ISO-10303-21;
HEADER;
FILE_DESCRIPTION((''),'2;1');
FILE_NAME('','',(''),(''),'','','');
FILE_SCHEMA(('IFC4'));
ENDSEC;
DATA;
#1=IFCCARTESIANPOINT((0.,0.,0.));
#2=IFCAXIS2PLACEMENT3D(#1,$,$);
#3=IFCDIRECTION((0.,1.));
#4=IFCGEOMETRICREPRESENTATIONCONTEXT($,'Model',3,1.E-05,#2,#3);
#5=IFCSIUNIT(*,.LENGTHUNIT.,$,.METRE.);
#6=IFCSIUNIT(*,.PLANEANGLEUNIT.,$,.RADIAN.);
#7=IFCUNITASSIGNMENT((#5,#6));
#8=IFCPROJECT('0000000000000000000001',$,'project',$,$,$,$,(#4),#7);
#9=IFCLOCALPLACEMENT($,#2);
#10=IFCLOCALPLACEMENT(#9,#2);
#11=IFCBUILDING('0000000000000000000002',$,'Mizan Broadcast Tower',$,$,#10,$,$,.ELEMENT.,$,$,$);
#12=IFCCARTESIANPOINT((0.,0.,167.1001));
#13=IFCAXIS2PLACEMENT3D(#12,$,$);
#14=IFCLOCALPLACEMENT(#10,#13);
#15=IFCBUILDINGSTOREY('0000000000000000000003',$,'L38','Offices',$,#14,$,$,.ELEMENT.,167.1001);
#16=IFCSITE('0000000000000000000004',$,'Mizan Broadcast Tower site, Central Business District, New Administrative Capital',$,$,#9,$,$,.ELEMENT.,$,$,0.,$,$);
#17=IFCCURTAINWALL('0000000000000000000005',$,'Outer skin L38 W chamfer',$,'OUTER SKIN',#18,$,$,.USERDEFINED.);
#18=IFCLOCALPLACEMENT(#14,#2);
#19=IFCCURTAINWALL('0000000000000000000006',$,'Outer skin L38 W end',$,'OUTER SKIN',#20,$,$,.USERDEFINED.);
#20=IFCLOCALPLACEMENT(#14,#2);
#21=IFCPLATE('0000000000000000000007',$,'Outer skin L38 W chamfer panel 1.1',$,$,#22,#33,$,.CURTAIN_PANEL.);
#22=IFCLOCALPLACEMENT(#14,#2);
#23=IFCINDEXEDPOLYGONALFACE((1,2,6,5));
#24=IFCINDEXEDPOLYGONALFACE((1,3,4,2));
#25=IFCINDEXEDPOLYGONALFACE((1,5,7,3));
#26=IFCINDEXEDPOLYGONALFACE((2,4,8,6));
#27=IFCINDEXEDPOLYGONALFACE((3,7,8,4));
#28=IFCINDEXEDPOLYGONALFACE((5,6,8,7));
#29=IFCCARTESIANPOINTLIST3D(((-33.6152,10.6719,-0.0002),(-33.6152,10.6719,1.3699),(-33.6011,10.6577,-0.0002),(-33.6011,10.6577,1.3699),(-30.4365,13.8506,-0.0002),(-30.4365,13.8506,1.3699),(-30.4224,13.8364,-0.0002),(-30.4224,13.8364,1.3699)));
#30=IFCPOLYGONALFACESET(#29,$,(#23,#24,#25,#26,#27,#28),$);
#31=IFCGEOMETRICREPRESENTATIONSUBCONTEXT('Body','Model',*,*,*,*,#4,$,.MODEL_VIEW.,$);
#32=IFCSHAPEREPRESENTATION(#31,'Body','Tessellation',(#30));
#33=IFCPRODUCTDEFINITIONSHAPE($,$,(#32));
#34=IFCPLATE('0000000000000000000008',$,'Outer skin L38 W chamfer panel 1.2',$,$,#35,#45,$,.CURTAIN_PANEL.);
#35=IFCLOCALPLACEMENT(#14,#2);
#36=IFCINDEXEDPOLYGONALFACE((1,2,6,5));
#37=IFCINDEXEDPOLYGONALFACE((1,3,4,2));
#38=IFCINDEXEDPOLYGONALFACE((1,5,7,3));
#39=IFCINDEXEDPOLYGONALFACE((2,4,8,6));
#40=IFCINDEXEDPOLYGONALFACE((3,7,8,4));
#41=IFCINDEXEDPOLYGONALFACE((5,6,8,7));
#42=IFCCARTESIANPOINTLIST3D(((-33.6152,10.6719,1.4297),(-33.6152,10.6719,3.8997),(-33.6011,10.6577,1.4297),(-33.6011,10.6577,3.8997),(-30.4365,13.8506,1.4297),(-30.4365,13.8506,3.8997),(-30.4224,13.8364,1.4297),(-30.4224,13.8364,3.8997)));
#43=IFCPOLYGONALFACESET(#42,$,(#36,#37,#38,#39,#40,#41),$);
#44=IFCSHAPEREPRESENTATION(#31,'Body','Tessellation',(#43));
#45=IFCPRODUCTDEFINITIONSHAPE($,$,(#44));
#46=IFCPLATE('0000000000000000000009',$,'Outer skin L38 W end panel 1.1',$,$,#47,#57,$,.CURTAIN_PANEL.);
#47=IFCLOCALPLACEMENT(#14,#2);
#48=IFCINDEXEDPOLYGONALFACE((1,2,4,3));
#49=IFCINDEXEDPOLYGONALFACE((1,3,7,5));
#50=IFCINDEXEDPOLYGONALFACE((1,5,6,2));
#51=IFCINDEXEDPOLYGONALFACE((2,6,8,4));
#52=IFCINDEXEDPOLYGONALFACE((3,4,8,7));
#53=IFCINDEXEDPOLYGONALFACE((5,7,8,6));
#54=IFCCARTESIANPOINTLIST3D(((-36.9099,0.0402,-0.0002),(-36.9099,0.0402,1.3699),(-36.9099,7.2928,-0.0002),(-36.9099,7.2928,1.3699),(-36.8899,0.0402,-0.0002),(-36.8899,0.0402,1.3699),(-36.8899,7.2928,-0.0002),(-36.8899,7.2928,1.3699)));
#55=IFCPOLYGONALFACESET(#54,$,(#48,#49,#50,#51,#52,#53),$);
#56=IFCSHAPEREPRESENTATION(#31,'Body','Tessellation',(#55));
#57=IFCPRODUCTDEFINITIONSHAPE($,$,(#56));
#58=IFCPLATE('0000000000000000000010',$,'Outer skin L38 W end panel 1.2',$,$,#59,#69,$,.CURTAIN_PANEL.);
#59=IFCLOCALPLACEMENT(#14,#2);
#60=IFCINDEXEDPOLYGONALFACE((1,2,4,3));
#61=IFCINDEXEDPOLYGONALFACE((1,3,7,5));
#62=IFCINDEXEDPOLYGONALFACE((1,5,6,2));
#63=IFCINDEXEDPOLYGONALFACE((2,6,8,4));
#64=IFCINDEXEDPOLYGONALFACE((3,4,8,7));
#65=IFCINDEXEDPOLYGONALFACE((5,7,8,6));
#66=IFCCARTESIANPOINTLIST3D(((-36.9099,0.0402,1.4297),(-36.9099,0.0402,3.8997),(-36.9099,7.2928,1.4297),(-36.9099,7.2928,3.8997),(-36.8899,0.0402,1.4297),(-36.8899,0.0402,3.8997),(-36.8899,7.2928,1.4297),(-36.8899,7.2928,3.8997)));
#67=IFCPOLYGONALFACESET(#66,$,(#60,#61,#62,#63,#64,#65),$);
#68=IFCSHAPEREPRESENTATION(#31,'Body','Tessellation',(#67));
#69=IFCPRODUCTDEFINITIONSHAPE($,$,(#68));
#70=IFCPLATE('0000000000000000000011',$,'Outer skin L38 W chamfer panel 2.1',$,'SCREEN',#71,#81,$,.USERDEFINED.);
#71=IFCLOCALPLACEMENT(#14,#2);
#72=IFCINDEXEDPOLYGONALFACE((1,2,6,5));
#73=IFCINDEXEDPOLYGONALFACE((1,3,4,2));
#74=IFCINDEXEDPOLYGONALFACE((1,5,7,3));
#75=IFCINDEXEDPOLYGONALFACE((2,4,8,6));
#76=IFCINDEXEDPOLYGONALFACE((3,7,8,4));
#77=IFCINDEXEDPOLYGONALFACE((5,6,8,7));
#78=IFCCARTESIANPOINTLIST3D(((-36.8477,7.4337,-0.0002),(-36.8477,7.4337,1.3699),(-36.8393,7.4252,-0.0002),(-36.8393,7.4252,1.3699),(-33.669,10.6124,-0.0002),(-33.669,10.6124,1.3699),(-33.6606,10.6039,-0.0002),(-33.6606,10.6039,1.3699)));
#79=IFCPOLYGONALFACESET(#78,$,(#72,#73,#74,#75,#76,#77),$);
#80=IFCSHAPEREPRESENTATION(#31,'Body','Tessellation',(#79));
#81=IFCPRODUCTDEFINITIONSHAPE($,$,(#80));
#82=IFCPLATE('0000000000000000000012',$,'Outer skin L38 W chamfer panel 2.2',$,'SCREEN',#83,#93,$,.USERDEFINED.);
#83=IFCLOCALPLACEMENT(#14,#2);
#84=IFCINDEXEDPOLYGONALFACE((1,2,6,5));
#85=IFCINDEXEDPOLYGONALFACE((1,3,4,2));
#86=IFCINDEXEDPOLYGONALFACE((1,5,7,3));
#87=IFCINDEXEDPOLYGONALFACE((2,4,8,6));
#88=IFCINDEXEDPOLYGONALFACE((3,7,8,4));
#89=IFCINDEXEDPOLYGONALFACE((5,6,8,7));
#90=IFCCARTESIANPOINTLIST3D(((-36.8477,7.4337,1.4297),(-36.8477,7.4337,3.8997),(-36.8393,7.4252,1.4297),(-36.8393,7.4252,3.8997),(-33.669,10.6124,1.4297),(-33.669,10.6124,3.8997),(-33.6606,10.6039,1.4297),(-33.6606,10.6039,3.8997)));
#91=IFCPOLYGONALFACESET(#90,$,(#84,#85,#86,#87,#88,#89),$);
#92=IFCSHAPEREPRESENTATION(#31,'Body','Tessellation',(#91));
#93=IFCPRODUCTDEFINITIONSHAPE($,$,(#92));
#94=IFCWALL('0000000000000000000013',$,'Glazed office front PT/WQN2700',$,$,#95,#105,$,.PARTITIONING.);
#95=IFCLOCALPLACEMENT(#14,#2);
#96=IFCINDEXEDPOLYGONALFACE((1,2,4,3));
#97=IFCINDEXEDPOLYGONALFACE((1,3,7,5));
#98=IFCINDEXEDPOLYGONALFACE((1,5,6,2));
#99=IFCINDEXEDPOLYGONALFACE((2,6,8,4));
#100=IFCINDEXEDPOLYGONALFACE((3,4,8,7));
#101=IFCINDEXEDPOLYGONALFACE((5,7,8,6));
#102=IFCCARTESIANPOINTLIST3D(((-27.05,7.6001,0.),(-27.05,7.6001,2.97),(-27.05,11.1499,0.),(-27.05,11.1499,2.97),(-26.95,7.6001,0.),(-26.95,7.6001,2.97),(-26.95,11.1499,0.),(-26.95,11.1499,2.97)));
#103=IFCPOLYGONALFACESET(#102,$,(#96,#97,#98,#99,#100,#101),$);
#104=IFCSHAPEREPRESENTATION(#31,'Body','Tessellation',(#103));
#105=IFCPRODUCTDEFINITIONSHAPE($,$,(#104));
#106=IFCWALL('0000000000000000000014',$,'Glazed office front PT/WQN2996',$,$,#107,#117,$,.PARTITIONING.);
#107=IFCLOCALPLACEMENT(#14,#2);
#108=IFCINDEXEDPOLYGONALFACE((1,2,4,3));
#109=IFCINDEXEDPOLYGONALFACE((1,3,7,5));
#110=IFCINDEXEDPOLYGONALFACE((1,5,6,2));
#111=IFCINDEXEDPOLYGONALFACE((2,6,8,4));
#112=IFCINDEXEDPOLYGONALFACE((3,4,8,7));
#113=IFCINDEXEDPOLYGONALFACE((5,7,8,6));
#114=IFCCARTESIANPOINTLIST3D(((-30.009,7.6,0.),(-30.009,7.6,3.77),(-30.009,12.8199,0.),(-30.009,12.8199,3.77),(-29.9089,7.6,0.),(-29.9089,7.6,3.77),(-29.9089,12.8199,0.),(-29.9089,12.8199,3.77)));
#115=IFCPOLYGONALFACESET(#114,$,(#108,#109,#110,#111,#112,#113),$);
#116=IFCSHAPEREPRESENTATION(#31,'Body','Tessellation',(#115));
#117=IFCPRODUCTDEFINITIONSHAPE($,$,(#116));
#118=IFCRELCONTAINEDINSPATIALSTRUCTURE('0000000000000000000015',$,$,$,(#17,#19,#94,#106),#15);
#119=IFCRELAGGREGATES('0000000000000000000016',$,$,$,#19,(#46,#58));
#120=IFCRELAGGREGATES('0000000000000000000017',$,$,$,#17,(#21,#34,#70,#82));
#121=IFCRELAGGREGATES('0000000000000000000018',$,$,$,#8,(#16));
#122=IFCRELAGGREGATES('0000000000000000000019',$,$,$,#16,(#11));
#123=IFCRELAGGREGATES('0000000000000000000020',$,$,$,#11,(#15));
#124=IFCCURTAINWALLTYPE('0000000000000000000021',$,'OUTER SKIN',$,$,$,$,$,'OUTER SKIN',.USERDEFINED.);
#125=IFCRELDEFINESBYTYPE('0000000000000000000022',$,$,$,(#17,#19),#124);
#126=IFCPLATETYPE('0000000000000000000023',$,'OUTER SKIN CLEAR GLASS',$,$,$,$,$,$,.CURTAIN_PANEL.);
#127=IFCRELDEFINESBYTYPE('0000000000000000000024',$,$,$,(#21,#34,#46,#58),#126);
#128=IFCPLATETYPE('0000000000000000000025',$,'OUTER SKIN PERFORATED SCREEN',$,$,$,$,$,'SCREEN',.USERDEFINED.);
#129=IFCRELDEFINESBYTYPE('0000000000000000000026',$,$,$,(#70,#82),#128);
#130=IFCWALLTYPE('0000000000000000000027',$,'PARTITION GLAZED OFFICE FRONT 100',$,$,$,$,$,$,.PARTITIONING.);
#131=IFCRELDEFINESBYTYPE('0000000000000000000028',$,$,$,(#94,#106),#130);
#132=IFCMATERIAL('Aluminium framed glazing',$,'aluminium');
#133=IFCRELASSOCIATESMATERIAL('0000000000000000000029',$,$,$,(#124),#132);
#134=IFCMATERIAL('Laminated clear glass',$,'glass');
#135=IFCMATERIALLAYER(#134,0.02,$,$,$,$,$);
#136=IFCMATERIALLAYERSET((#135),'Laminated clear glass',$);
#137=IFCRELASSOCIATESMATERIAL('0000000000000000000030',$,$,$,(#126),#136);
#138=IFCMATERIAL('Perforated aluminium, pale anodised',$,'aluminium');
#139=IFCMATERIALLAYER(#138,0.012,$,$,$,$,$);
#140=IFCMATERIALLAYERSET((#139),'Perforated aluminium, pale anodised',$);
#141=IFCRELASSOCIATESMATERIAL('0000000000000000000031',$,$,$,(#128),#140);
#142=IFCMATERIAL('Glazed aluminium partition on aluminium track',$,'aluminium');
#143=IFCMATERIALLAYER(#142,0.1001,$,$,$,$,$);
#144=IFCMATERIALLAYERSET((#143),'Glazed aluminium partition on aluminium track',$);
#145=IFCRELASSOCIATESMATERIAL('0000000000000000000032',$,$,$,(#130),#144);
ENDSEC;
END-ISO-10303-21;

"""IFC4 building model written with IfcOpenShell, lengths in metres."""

from ifc_helpers import new_model, si_unit, direction, frame, frame_2d, origin, origin_2d, place, context, subcontext, project, spatial, rectangle, extrude, material, layer, layer_set, type_object, element, aggregate, save


model = new_model("IFC4")

# Units and contexts
model_context = context("Model", 3, precision=1e-05, world=origin(), true_north=direction((0.0, 1.0)))
body_context = subcontext(model_context, "Body", "Model", "MODEL_VIEW")
ifc_project = project(units=[si_unit("LENGTHUNIT", "METRE"), si_unit("PLANEANGLEUNIT", "RADIAN")], contexts=[model_context])

# Site, building, storey
site_placement = place(None, origin())
site = spatial("IfcSite", under=ifc_project, at=site_placement, Name="Mizan Broadcast Tower site, Central Business District, New Administrative Capital", CompositionType="ELEMENT", RefElevation=0.0)
building_placement = place(site_placement, origin())
building = spatial("IfcBuilding", under=site, at=building_placement, Name="Mizan Broadcast Tower", CompositionType="ELEMENT")
storey_placement = place(building_placement, frame((0.0, 0.0, 167.1001)))
storey = spatial("IfcBuildingStorey", under=building, at=storey_placement, Name="L38", Description="Offices", CompositionType="ELEMENT", Elevation=167.1001)

# Shared definitions
ifc_material_1 = material(Name="Aluminium framed glazing", Category="aluminium")
curtain_wall_type_1 = type_object("IfcCurtainWallType", Name="OUTER SKIN", ElementType="OUTER SKIN", PredefinedType="USERDEFINED", material=ifc_material_1)

# Curtain wall
curtain_wall_1_placement = place(storey_placement, origin())
curtain_wall_1 = element("IfcCurtainWall", 1, at=curtain_wall_1_placement, inside=storey, type_object=curtain_wall_type_1, Name="Outer skin L38 W chamfer", ObjectType="OUTER SKIN", PredefinedType="USERDEFINED")

# Curtain wall
curtain_wall_2_placement = place(storey_placement, origin())
curtain_wall_2 = element("IfcCurtainWall", 2, at=curtain_wall_2_placement, inside=storey, type_object=curtain_wall_type_1, Name="Outer skin L38 W end", ObjectType="OUTER SKIN", PredefinedType="USERDEFINED")

# Plates
ifc_material_2 = material(Name="Laminated clear glass", Category="glass")
ifc_layer_1 = layer(ifc_material_2, 0.02)
ifc_layer_set_1 = layer_set([ifc_layer_1], Name="Laminated clear glass")
plate_type_1 = type_object("IfcPlateType", Name="OUTER SKIN CLEAR GLASS", PredefinedType="CURTAIN_PANEL", material=ifc_layer_set_1)
plate_1_placement = place(storey_placement, frame((-32.0188, 12.2542, -0.0002), z_axis=(0.0, 0.0, 1.0), x_axis=(-0.707107, -0.707107, 0.0)))
plate_1 = element("IfcPlate", 3, at=plate_1_placement, type_object=plate_type_1, Name="Outer skin L38 W chamfer panel 1.1", PredefinedType="CURTAIN_PANEL", context=body_context, shape_type="SweptSolid", body=[
    extrude(rectangle(XDim=4.4954, YDim=0.02, at=origin_2d()), origin(), (0.0, 0.0, 1.0), 1.3701),
])
plate_2_placement = place(storey_placement, frame((-32.0188, 12.2542, 1.4297), z_axis=(0.0, 0.0, 1.0), x_axis=(-0.707107, -0.707107, 0.0)))
plate_2 = element("IfcPlate", 4, at=plate_2_placement, type_object=plate_type_1, Name="Outer skin L38 W chamfer panel 1.2", PredefinedType="CURTAIN_PANEL", context=body_context, shape_type="SweptSolid", body=[
    extrude(rectangle(XDim=4.4954, YDim=0.02, at=origin_2d()), origin(), (0.0, 0.0, 1.0), 2.47),
])
plate_3_placement = place(storey_placement, frame((-36.8999, 3.6665, -0.0002), z_axis=(0.0, 0.0, 1.0), x_axis=(0.0, -1.0, 0.0)))
plate_3 = element("IfcPlate", 5, at=plate_3_placement, type_object=plate_type_1, Name="Outer skin L38 W end panel 1.1", PredefinedType="CURTAIN_PANEL", context=body_context, shape_type="SweptSolid", body=[
    extrude(rectangle(XDim=7.2527, YDim=0.02, at=origin_2d()), origin(), (0.0, 0.0, 1.0), 1.3701),
])
plate_4_placement = place(storey_placement, frame((-36.8999, 3.6665, 1.4297), z_axis=(0.0, 0.0, 1.0), x_axis=(0.0, -1.0, 0.0)))
plate_4 = element("IfcPlate", 6, at=plate_4_placement, type_object=plate_type_1, Name="Outer skin L38 W end panel 1.2", PredefinedType="CURTAIN_PANEL", context=body_context, shape_type="SweptSolid", body=[
    extrude(rectangle(XDim=7.2527, YDim=0.02, at=origin_2d()), origin(), (0.0, 0.0, 1.0), 2.47),
])
aggregate(curtain_wall_2, [plate_3, plate_4])
ifc_material_3 = material(Name="Perforated aluminium, pale anodised", Category="aluminium")
ifc_layer_2 = layer(ifc_material_3, 0.012)
ifc_layer_set_2 = layer_set([ifc_layer_2], Name="Perforated aluminium, pale anodised")
plate_type_2 = type_object("IfcPlateType", Name="OUTER SKIN PERFORATED SCREEN", ElementType="SCREEN", PredefinedType="USERDEFINED", material=ifc_layer_set_2)
plate_5_placement = place(storey_placement, frame((-35.2542, 9.0188, -0.0002), z_axis=(0.0, 0.0, 1.0), x_axis=(-0.707107, -0.707107, 0.0)))
plate_5 = element("IfcPlate", 7, at=plate_5_placement, type_object=plate_type_2, Name="Outer skin L38 W chamfer panel 2.1", ObjectType="SCREEN", PredefinedType="USERDEFINED", context=body_context, shape_type="SweptSolid", body=[
    extrude(rectangle(XDim=4.4954, YDim=0.012, at=origin_2d()), origin(), (0.0, 0.0, 1.0), 1.3701),
])
plate_6_placement = place(storey_placement, frame((-35.2542, 9.0188, 1.4297), z_axis=(0.0, 0.0, 1.0), x_axis=(-0.707107, -0.707107, 0.0)))
plate_6 = element("IfcPlate", 8, at=plate_6_placement, type_object=plate_type_2, Name="Outer skin L38 W chamfer panel 2.2", ObjectType="SCREEN", PredefinedType="USERDEFINED", context=body_context, shape_type="SweptSolid", body=[
    extrude(rectangle(XDim=4.4954, YDim=0.012, at=origin_2d()), origin(), (0.0, 0.0, 1.0), 2.47),
])
aggregate(curtain_wall_1, [plate_1, plate_2, plate_5, plate_6])

# Walls
ifc_material_4 = material(Name="Glazed aluminium partition on aluminium track", Category="aluminium")
ifc_layer_3 = layer(ifc_material_4, 0.1001)
ifc_layer_set_3 = layer_set([ifc_layer_3], Name="Glazed aluminium partition on aluminium track")
wall_type = type_object("IfcWallType", Name="PARTITION GLAZED OFFICE FRONT 100", PredefinedType="PARTITIONING", material=ifc_layer_set_3)
wall_1_placement = place(storey_placement, frame((-27.0, 7.6001, 0.0), z_axis=(0.0, 0.0, 1.0), x_axis=(0.0, 1.0, 0.0)))
element("IfcWall", 9, at=wall_1_placement, inside=storey, type_object=wall_type, Name="Glazed office front PT/WQN2700", PredefinedType="PARTITIONING", context=body_context, shape_type="SweptSolid", body=[
    extrude(rectangle(XDim=3.5498, YDim=0.1001, at=frame_2d((1.7749, 0.0))), origin(), (0.0, 0.0, 1.0), 2.97),
])
wall_2_placement = place(storey_placement, frame((-29.959, 7.6001, 0.0), z_axis=(0.0, 0.0, 1.0), x_axis=(0.0, 1.0, 0.0)))
element("IfcWall", 10, at=wall_2_placement, inside=storey, type_object=wall_type, Name="Glazed office front PT/WQN2996", PredefinedType="PARTITIONING", context=body_context, shape_type="SweptSolid", body=[
    extrude(rectangle(XDim=5.22, YDim=0.1001, at=frame_2d((2.6099, 0.0))), origin(), (0.0, 0.0, 1.0), 3.77),
])

save(model, "model.ifc")
